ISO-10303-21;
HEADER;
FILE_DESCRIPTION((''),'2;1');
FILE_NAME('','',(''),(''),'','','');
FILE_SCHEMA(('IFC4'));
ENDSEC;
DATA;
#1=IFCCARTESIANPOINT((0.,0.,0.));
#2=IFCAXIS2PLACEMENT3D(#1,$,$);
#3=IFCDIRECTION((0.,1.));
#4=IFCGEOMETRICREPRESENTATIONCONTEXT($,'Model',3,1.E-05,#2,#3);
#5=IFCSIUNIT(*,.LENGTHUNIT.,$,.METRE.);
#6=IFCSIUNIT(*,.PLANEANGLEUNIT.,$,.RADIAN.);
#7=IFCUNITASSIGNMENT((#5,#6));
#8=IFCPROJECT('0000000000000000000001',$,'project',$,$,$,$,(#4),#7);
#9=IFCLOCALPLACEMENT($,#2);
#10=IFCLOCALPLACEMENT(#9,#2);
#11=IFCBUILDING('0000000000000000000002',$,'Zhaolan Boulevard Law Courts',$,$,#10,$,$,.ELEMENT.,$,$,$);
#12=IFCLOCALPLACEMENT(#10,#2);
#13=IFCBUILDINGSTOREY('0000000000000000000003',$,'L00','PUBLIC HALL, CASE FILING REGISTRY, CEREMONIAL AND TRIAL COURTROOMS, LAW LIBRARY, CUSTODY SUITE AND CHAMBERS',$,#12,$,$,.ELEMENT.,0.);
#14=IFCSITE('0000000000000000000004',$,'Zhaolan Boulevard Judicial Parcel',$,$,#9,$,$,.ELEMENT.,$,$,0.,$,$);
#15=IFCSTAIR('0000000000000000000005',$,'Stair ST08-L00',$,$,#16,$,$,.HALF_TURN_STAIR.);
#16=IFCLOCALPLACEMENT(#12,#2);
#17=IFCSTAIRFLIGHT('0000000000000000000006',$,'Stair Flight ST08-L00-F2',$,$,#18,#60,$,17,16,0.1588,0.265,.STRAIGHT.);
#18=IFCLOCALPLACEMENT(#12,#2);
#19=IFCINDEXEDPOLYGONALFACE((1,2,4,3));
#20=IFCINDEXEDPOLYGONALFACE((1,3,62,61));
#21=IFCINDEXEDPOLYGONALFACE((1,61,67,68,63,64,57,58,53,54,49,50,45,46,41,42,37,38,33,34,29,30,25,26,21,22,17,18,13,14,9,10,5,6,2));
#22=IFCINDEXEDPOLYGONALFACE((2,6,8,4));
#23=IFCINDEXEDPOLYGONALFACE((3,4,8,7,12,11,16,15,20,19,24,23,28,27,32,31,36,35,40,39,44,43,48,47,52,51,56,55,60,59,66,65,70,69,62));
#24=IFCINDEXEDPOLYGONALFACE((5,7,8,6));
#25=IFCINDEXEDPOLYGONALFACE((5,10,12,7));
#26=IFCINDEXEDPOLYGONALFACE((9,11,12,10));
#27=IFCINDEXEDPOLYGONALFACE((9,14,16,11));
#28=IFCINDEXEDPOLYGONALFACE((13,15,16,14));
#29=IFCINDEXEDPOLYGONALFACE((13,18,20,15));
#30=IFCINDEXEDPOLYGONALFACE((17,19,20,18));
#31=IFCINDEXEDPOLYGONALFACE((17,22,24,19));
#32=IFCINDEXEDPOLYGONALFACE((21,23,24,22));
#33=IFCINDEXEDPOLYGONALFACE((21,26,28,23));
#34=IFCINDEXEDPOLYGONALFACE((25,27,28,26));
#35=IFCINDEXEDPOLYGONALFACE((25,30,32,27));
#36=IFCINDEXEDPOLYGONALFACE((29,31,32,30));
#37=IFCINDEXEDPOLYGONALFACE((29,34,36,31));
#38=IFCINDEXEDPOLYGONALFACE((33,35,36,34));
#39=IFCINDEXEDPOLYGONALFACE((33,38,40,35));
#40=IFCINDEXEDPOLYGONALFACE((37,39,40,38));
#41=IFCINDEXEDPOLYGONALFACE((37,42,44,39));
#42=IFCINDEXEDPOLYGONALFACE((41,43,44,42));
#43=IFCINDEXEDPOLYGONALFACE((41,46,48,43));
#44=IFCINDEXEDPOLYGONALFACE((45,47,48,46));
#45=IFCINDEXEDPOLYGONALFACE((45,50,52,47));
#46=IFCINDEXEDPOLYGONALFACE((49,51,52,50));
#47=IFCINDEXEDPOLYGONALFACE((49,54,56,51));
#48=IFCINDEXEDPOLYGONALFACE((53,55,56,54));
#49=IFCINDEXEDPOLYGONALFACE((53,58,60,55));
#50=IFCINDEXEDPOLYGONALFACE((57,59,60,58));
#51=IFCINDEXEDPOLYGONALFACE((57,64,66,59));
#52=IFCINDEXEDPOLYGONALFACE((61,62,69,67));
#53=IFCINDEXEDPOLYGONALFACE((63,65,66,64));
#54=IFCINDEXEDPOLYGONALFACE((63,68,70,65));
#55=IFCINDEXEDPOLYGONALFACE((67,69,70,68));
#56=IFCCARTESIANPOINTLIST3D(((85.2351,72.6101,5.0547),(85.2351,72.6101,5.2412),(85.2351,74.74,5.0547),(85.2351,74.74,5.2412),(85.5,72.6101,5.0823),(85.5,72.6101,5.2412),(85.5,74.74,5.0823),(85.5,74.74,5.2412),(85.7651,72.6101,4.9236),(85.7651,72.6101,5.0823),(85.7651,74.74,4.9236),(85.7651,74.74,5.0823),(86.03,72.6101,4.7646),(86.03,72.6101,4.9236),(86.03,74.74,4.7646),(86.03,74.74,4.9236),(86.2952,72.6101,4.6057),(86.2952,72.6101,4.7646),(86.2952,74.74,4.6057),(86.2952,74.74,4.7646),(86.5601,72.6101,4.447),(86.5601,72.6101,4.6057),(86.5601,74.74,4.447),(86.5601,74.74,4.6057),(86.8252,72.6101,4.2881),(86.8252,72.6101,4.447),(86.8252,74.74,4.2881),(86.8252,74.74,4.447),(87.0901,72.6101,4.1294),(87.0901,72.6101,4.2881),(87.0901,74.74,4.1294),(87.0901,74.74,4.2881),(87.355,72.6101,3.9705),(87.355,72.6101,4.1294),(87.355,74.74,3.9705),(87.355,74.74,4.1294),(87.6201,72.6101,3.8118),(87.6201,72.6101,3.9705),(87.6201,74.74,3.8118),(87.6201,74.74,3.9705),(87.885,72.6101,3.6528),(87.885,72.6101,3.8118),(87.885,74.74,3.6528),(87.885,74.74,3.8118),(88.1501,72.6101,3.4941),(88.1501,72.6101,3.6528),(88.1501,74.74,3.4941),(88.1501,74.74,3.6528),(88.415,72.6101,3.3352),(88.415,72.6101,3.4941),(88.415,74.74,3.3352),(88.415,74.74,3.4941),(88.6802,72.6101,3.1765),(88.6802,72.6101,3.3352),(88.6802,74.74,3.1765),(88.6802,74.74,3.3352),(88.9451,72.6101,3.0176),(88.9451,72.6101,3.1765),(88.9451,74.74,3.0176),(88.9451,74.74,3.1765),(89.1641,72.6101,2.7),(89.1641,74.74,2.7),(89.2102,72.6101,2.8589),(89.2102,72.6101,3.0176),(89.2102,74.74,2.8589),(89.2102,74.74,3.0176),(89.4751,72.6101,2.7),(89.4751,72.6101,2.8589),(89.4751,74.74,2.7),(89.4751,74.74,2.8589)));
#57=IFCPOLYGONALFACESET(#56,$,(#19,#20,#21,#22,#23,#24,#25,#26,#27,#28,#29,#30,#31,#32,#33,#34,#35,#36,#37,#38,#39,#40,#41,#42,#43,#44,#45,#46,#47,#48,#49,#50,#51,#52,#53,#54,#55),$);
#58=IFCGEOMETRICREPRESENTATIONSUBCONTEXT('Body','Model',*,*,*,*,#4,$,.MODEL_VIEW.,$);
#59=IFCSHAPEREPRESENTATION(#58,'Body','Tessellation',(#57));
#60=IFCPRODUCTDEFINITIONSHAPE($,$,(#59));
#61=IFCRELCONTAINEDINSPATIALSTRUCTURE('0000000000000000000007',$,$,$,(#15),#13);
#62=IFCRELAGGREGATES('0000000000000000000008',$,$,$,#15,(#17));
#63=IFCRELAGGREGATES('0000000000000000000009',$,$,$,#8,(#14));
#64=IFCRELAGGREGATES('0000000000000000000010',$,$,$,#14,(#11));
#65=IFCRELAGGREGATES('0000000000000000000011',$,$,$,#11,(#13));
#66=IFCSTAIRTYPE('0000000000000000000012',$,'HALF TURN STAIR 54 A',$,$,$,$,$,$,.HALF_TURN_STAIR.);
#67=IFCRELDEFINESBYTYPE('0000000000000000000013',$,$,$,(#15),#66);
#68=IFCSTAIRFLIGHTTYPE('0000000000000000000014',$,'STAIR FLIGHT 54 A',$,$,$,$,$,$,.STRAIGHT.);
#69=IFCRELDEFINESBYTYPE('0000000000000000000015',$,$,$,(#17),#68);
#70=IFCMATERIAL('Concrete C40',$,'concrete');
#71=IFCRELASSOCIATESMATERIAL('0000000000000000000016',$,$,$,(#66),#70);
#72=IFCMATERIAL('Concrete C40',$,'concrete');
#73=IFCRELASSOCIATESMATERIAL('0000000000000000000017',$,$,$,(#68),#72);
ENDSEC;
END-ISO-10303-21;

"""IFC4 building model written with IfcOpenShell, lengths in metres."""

from ifc_helpers import new_model, si_unit, direction, frame, origin, place, context, subcontext, project, spatial, polyline, outline, extrude, material, type_object, element, aggregate, save


model = new_model("IFC4")

# Units and contexts
model_context = context("Model", 3, precision=1e-05, world=origin(), true_north=direction((0.0, 1.0)))
body_context = subcontext(model_context, "Body", "Model", "MODEL_VIEW")
ifc_project = project(units=[si_unit("LENGTHUNIT", "METRE"), si_unit("PLANEANGLEUNIT", "RADIAN")], contexts=[model_context])

# Site, building, storey
site_placement = place(None, origin())
site = spatial("IfcSite", under=ifc_project, at=site_placement, Name="Zhaolan Boulevard Judicial Parcel", CompositionType="ELEMENT", RefElevation=0.0)
building_placement = place(site_placement, origin())
building = spatial("IfcBuilding", under=site, at=building_placement, Name="Zhaolan Boulevard Law Courts", CompositionType="ELEMENT")
storey_placement = place(building_placement, origin())
storey = spatial("IfcBuildingStorey", under=building, at=storey_placement, Name="L00", Description="PUBLIC HALL, CASE FILING REGISTRY, CEREMONIAL AND TRIAL COURTROOMS, LAW LIBRARY, CUSTODY SUITE AND CHAMBERS", CompositionType="ELEMENT", Elevation=0.0)

# Stair, stair flight
ifc_material_1 = material(Name="Concrete C40", Category="concrete")
stair_type = type_object("IfcStairType", Name="HALF TURN STAIR 54 A", PredefinedType="HALF_TURN_STAIR", material=ifc_material_1)
stair_placement = place(storey_placement, origin())
stair = element("IfcStair", 1, at=stair_placement, inside=storey, type_object=stair_type, Name="Stair ST08-L00", PredefinedType="HALF_TURN_STAIR")
ifc_material_2 = material(Name="Concrete C40", Category="concrete")
stair_flight_type = type_object("IfcStairFlightType", Name="STAIR FLIGHT 54 A", PredefinedType="STRAIGHT", material=ifc_material_2)
stair_flight_placement = place(storey_placement, frame((89.4751, 73.675, 2.7), z_axis=(0.0, 0.0, 1.0), x_axis=(-1.0, 0.0, 0.0)))
stair_flight = element("IfcStairFlight", 2, at=stair_flight_placement, type_object=stair_flight_type, Name="Stair Flight ST08-L00-F2", NumberOfRisers=17, NumberOfTreads=16, PredefinedType="STRAIGHT", RiserHeight=0.1588, TreadLength=0.265, context=body_context, shape_type="SweptSolid", body=[
    extrude(outline(polyline([(0.0, 0.0), (0.0, 0.1589), (0.2649, 0.1589), (0.2649, 0.3176), (0.53, 0.3176), (0.53, 0.4766), (0.7949, 0.4766), (0.7949, 0.6353), (1.0601, 0.6353), (1.0601, 0.7942), (1.325, 0.7942), (1.325, 0.9529), (1.5901, 0.9529), (1.5901, 1.1118), (1.855, 1.1118), (1.855, 1.2705), (2.1201, 1.2705), (2.1201, 1.4294), (2.385, 1.4294), (2.385, 1.5881), (2.6499, 1.5881), (2.6499, 1.7471), (2.915, 1.7471), (2.915, 1.9058), (3.1799, 1.9058), (3.1799, 2.0647), (3.4451, 2.0647), (3.4451, 2.2236), (3.71, 2.2236), (3.71, 2.3823), (3.9751, 2.3823), (3.9751, 2.5413), (4.24, 2.5413), (4.24, 2.7), (4.24, 2.3547), (0.311, 0.0), (0.0, 0.0)])), frame((0.0, 1.0649, 0.0), z_axis=(0.0, -1.0, 0.0), x_axis=(1.0, 0.0, 0.0)), (0.0, 0.0, 1.0), 2.1299),
])
aggregate(stair, [stair_flight])

save(model, "model.ifc")
